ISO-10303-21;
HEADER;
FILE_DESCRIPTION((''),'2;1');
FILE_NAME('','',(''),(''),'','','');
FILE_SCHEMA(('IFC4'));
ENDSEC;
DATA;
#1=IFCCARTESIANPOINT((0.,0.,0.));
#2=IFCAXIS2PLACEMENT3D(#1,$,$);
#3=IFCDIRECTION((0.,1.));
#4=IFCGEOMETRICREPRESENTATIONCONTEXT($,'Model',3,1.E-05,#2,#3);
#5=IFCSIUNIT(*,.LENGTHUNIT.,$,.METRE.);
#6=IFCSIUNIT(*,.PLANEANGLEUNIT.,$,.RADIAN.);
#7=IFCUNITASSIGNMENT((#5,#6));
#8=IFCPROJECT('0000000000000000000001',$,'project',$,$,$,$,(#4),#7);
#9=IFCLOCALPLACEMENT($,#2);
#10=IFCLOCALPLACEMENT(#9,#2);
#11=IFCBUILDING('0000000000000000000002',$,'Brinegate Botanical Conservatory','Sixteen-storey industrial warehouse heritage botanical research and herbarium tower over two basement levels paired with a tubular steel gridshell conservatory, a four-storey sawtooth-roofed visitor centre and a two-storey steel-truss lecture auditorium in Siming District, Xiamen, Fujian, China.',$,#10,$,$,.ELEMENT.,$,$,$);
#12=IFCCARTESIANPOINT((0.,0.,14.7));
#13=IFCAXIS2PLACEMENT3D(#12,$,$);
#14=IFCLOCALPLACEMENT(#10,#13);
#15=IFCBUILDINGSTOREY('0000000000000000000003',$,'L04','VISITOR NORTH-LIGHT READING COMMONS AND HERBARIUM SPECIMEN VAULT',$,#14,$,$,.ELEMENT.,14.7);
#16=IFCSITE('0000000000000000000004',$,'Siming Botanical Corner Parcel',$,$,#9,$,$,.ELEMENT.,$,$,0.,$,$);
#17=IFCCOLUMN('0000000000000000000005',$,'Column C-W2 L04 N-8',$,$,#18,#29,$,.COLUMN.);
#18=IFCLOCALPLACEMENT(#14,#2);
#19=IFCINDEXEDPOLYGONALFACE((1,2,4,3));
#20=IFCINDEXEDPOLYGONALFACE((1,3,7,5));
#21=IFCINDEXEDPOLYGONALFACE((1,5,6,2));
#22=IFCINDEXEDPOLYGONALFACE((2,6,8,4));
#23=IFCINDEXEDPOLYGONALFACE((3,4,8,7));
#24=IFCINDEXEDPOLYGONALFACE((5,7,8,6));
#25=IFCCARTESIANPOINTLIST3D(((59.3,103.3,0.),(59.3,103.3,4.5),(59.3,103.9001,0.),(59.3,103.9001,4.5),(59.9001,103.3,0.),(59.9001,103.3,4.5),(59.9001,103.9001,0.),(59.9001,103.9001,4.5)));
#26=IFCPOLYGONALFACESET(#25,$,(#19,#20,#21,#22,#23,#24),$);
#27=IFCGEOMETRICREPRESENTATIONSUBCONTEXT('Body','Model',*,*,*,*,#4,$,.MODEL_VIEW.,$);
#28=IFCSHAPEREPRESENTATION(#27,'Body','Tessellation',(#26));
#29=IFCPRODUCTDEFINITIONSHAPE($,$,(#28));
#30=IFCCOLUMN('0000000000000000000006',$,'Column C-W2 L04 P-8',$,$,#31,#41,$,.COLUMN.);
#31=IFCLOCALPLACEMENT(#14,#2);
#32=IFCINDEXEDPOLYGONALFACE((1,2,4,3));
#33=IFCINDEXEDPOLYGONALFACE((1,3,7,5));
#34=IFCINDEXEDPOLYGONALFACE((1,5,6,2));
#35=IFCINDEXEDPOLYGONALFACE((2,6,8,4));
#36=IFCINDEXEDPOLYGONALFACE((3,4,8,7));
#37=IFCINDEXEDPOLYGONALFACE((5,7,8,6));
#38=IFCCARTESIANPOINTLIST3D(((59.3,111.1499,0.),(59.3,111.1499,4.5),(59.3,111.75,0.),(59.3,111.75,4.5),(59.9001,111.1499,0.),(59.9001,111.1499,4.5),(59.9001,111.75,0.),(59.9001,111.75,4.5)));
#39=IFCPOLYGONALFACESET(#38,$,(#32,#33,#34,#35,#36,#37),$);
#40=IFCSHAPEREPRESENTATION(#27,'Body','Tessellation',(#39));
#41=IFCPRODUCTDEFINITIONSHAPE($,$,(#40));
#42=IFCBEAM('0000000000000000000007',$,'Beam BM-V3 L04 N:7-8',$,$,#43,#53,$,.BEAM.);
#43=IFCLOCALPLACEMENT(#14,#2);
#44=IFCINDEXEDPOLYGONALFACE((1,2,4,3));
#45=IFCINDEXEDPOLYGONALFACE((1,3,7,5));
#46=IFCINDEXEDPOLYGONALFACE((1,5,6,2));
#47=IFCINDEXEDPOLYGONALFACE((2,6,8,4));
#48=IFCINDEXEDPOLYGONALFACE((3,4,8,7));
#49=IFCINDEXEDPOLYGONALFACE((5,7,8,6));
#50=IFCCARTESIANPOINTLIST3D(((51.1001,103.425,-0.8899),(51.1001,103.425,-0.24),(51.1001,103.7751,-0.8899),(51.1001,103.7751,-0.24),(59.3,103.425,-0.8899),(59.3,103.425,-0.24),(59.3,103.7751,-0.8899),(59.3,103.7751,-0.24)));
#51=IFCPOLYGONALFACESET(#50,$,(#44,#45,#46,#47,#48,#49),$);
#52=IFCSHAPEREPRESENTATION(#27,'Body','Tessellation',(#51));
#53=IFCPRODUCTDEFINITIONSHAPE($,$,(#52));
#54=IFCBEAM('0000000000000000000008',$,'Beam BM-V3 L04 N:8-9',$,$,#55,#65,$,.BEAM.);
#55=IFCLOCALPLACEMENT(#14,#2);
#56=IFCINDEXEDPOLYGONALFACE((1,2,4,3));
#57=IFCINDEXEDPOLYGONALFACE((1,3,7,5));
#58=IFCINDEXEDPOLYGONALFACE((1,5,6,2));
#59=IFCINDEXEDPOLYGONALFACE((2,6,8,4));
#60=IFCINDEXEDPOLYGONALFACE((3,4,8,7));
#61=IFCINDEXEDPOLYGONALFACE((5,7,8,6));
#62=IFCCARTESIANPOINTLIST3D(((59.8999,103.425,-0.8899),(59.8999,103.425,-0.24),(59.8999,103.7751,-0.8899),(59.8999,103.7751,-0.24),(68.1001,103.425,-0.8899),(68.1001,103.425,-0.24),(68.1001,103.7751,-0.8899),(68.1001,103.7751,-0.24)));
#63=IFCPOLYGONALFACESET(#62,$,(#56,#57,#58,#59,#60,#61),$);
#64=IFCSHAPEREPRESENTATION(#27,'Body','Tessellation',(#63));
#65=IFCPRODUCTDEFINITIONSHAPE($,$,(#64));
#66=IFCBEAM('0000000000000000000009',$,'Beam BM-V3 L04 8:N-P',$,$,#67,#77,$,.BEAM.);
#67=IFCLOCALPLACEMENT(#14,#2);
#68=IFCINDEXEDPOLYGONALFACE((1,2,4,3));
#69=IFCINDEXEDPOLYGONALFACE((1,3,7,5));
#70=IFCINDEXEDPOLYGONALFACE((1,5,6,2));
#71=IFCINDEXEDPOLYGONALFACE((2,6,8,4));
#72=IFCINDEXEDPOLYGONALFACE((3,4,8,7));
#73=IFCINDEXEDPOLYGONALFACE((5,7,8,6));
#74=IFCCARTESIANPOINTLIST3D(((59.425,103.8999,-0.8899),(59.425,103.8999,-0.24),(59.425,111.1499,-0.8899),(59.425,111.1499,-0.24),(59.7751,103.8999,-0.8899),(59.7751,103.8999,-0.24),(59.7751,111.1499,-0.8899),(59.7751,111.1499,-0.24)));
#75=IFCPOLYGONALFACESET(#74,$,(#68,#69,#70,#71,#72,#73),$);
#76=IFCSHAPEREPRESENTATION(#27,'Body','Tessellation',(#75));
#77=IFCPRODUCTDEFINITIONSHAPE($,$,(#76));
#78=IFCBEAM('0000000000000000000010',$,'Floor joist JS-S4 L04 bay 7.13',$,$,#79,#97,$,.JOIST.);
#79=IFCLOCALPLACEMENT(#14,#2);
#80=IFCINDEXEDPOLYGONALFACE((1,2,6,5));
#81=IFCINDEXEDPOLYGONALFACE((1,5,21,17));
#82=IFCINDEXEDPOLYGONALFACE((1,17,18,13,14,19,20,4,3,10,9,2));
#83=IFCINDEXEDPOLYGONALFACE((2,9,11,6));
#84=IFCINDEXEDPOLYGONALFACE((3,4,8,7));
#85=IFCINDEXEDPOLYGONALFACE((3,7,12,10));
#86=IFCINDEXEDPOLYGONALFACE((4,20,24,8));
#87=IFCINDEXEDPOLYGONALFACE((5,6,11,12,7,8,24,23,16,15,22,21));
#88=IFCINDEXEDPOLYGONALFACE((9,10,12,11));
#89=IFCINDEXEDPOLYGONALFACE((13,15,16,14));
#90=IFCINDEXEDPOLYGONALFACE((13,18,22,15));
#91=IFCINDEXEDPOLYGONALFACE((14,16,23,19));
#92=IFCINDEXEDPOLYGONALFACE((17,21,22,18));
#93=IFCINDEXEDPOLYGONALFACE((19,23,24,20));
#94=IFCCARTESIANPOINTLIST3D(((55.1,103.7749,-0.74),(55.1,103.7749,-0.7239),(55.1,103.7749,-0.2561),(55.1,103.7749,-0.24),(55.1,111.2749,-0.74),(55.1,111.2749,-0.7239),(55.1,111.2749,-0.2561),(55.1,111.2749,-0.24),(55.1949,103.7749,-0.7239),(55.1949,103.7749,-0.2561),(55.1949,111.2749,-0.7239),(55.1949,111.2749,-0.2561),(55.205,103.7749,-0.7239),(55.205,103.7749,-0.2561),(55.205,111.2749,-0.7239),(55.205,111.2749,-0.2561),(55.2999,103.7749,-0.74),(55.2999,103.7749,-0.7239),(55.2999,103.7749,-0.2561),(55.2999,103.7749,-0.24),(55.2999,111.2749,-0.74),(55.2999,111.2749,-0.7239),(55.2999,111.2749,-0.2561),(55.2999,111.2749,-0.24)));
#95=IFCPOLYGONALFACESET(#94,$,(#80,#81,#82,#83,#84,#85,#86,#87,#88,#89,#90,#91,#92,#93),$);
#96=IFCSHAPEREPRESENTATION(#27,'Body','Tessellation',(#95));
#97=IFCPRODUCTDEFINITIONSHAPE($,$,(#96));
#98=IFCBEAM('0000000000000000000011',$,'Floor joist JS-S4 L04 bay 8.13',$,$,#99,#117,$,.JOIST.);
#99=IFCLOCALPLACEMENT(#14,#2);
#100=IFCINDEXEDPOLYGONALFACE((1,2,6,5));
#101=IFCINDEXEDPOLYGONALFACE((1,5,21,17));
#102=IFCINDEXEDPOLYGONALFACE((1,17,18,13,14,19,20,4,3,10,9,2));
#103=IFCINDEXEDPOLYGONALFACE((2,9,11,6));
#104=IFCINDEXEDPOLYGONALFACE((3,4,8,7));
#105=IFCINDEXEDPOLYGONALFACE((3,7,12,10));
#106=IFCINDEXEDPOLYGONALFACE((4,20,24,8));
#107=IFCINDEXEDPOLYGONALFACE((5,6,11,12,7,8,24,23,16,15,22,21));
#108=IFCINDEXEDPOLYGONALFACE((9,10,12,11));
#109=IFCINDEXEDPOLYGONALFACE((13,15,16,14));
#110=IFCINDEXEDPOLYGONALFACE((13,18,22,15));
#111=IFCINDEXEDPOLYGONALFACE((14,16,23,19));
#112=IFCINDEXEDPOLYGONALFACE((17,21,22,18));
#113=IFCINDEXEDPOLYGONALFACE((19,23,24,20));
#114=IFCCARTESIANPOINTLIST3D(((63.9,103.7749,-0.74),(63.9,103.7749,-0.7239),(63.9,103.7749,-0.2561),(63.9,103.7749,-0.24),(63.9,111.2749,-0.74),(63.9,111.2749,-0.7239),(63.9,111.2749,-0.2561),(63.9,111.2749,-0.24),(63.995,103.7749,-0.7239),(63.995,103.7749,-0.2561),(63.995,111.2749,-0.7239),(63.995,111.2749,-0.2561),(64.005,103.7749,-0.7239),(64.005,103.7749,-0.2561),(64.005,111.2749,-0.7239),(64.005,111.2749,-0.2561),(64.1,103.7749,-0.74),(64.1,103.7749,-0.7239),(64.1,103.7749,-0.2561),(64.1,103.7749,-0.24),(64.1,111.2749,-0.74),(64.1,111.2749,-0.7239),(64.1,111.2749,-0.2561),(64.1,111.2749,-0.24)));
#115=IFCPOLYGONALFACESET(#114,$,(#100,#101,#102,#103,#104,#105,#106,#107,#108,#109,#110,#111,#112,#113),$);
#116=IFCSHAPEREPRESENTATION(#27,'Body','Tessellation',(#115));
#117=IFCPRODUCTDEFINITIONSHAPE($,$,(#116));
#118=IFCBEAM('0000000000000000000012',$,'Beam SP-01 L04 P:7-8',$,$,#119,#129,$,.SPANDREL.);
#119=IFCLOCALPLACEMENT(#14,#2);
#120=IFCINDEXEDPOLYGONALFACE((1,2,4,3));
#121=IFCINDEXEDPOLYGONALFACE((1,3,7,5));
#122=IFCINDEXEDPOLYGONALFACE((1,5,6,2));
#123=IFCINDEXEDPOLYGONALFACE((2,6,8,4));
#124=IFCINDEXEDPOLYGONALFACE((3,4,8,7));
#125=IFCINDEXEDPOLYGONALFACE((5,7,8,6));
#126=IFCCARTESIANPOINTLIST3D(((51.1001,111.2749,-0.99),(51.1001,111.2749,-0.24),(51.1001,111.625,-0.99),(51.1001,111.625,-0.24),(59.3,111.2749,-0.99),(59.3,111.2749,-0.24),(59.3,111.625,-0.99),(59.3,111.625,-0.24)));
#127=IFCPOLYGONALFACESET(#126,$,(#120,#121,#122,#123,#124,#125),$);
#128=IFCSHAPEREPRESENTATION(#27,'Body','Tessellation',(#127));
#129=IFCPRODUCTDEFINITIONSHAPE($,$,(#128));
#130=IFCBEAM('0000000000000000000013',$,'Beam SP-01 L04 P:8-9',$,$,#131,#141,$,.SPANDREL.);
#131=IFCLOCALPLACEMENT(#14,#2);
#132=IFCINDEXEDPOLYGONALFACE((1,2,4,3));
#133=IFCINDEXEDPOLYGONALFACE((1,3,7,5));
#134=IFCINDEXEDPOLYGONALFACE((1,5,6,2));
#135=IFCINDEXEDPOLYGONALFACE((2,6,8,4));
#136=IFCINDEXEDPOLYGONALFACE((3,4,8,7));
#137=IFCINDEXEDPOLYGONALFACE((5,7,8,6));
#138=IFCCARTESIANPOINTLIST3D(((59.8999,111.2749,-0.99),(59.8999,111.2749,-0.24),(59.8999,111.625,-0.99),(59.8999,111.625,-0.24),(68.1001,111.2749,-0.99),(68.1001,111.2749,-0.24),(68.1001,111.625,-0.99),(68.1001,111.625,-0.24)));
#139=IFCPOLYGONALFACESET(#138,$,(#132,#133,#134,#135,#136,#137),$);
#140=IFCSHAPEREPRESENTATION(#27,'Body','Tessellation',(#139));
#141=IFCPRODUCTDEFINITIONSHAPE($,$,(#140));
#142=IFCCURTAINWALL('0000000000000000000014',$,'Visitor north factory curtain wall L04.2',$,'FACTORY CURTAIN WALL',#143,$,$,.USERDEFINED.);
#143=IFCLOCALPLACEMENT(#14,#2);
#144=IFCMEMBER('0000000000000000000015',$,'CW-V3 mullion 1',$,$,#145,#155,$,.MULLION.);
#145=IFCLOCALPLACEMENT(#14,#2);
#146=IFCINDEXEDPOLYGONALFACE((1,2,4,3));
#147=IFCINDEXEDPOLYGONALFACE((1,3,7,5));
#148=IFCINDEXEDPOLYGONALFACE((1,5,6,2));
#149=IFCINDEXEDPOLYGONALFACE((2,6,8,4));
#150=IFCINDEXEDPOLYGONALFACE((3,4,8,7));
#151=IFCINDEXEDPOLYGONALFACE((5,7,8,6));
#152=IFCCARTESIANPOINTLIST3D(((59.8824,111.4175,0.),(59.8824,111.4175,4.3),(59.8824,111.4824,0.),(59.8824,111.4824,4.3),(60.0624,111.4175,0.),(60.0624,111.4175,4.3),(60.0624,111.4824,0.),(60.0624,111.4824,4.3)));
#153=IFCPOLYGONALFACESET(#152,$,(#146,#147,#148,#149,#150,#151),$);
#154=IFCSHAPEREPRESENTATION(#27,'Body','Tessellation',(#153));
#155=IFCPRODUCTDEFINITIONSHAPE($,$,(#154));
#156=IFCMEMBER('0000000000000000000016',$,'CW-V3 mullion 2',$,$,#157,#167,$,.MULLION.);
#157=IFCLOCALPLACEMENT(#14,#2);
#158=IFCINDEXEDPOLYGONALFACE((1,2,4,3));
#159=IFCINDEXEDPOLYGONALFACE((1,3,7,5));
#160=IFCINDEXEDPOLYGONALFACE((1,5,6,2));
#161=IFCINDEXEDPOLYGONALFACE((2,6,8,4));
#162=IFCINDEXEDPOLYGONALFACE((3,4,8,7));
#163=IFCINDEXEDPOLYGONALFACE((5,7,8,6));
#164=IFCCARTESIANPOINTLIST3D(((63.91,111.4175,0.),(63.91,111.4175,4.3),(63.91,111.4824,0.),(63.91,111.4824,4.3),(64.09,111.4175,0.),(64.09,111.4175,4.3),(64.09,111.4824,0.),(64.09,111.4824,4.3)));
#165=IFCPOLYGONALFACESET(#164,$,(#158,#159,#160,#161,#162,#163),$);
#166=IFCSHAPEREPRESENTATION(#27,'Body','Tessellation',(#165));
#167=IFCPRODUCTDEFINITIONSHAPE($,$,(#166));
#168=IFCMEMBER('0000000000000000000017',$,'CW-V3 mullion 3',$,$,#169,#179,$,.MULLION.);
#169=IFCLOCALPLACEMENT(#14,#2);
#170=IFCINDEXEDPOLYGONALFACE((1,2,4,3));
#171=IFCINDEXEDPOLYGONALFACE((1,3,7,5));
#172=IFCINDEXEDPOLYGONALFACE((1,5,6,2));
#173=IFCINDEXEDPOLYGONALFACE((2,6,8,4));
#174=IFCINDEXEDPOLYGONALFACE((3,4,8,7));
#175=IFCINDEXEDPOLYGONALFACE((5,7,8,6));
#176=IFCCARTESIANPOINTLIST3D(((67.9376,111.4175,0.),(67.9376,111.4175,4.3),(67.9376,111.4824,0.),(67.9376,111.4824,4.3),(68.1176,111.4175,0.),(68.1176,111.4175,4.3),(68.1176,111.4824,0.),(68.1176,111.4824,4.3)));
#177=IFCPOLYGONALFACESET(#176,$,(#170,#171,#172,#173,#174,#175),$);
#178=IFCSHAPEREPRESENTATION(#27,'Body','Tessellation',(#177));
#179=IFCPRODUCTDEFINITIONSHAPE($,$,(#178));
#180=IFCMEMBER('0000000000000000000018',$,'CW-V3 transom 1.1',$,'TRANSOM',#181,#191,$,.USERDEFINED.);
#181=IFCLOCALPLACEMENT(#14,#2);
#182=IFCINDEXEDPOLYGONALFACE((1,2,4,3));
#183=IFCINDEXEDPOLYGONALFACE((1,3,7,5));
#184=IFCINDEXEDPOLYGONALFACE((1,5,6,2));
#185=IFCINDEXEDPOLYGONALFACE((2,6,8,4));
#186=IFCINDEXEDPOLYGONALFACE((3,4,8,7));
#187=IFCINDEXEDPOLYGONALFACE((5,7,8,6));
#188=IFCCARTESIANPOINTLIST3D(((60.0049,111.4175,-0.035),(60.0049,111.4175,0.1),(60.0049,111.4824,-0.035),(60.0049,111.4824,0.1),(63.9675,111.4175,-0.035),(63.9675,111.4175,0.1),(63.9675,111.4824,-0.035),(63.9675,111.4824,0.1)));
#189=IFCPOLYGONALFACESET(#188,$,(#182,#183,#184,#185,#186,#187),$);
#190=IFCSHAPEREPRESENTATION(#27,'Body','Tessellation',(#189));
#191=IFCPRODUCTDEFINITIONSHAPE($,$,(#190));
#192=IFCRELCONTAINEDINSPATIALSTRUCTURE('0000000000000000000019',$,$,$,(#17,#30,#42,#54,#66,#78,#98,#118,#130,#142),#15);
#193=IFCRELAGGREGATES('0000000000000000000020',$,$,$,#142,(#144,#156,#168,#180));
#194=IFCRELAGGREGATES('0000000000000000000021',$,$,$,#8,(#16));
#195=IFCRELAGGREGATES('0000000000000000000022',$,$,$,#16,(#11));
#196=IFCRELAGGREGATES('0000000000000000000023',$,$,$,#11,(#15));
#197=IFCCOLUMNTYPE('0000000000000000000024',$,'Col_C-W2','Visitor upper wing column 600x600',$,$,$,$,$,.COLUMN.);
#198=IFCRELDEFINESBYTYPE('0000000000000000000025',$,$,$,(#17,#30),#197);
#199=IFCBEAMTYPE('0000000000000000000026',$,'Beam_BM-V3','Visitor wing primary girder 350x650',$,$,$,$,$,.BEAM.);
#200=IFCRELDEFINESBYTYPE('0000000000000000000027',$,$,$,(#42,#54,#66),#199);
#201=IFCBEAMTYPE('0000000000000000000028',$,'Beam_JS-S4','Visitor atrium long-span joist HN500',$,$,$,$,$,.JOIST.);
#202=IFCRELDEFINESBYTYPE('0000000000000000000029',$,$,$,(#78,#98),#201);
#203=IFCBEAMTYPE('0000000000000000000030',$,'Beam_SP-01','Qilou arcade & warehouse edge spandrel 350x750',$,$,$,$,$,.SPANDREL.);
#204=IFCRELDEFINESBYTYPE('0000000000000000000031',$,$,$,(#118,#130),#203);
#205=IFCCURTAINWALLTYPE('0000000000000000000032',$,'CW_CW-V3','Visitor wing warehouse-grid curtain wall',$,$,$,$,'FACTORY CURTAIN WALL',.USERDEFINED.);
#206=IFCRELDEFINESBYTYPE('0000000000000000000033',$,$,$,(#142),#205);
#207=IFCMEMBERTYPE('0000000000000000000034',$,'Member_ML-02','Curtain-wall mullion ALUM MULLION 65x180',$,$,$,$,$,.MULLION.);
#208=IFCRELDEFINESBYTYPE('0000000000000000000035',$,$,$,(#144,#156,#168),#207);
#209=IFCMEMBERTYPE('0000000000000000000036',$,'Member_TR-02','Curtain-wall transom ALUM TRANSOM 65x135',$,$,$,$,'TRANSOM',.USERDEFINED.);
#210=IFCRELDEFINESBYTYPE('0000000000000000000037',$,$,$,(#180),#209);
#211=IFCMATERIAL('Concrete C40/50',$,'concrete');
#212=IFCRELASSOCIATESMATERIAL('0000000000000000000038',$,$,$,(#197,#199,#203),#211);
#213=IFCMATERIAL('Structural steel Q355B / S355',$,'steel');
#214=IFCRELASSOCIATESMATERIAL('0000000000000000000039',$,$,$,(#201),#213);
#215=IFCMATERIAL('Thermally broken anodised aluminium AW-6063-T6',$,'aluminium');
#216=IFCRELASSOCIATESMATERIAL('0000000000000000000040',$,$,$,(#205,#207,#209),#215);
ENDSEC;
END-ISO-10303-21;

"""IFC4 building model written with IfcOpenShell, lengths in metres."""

from ifc_helpers import new_model, si_unit, direction, frame, origin, origin_2d, place, context, subcontext, project, spatial, rectangle, i_section, extrude, material, material_profile, profile_set, type_object, element, aggregate, save


model = new_model("IFC4")

# Units and contexts
model_context = context("Model", 3, precision=1e-05, world=origin(), true_north=direction((0.0, 1.0)))
body_context = subcontext(model_context, "Body", "Model", "MODEL_VIEW")
ifc_project = project(units=[si_unit("LENGTHUNIT", "METRE"), si_unit("PLANEANGLEUNIT", "RADIAN")], contexts=[model_context])

# Site, building, storey
site_placement = place(None, origin())
site = spatial("IfcSite", under=ifc_project, at=site_placement, Name="Siming Botanical Corner Parcel", CompositionType="ELEMENT", RefElevation=0.0)
building_placement = place(site_placement, origin())
building = spatial("IfcBuilding", under=site, at=building_placement, Name="Brinegate Botanical Conservatory", Description="Sixteen-storey industrial warehouse heritage botanical research and herbarium tower over two basement levels paired with a tubular steel gridshell conservatory, a four-storey sawtooth-roofed visitor centre and a two-storey steel-truss lecture auditorium in Siming District, Xiamen, Fujian, China.", CompositionType="ELEMENT")
storey_placement = place(building_placement, frame((0.0, 0.0, 14.7)))
storey = spatial("IfcBuildingStorey", under=building, at=storey_placement, Name="L04", Description="VISITOR NORTH-LIGHT READING COMMONS AND HERBARIUM SPECIMEN VAULT", CompositionType="ELEMENT", Elevation=14.7)

# Columns
ifc_material_1 = material(Name="Concrete C40/50", Category="concrete")
ifc_material_profile_1 = material_profile(ifc_material_1, rectangle(XDim=0.6001, YDim=0.6001, at=origin_2d()), Name="RC COL 600x600")
ifc_profile_set_1 = profile_set([ifc_material_profile_1], Name="Concrete C40/50")
column_type = type_object("IfcColumnType", Name="Col_C-W2", Description="Visitor upper wing column 600x600", PredefinedType="COLUMN", material=ifc_profile_set_1)
for number, where, z_axis, x_axis, name in (
    (1, (59.6001, 103.6001, 0.0), (0.0, 0.0, 1.0), (1.0, 0.0, 0.0), "Column C-W2 L04 N-8"),
    (2, (59.6001, 111.45, 0.0), (0.0, 0.0, 1.0), (1.0, 0.0, 0.0), "Column C-W2 L04 P-8"),
):
    element("IfcColumn", number, at=place(storey_placement, frame(where, z_axis=z_axis, x_axis=x_axis)), inside=storey, type_object=column_type, Name=name, PredefinedType="COLUMN", context=body_context, shape_type="SweptSolid", body=[
        extrude(rectangle(XDim=0.6001, YDim=0.6001, at=origin_2d()), origin(), (0.0, 0.0, 1.0), 4.5),
    ])

# Beams
ifc_material_profile_2 = material_profile(ifc_material_1, rectangle(XDim=0.3501, YDim=0.6499, at=origin_2d()), Name="RC BM 350x650")
ifc_profile_set_2 = profile_set([ifc_material_profile_2], Name="Concrete C40/50")
beam_type_1 = type_object("IfcBeamType", Name="Beam_BM-V3", Description="Visitor wing primary girder 350x650", PredefinedType="BEAM", material=ifc_profile_set_2)
beam_1_placement = place(storey_placement, frame((51.1001, 103.6001, -0.5649), z_axis=(1.0, 0.0, 0.0), x_axis=(0.0, 1.0, 0.0)))
element("IfcBeam", 3, at=beam_1_placement, inside=storey, type_object=beam_type_1, Name="Beam BM-V3 L04 N:7-8", PredefinedType="BEAM", context=body_context, shape_type="SweptSolid", body=[
    extrude(rectangle(XDim=0.3501, YDim=0.6499, at=origin_2d()), origin(), (0.0, 0.0, 1.0), 8.2),
])
beam_2_placement = place(storey_placement, frame((59.8999, 103.6001, -0.5649), z_axis=(1.0, 0.0, 0.0), x_axis=(0.0, 1.0, 0.0)))
element("IfcBeam", 4, at=beam_2_placement, inside=storey, type_object=beam_type_1, Name="Beam BM-V3 L04 N:8-9", PredefinedType="BEAM", context=body_context, shape_type="SweptSolid", body=[
    extrude(rectangle(XDim=0.3501, YDim=0.6499, at=origin_2d()), origin(), (0.0, 0.0, 1.0), 8.2002),
])
beam_3_placement = place(storey_placement, frame((59.6001, 103.8999, -0.5649), z_axis=(0.0, 1.0, 0.0), x_axis=(-1.0, 0.0, 0.0)))
element("IfcBeam", 5, at=beam_3_placement, inside=storey, type_object=beam_type_1, Name="Beam BM-V3 L04 8:N-P", PredefinedType="BEAM", context=body_context, shape_type="SweptSolid", body=[
    extrude(rectangle(XDim=0.3501, YDim=0.6499, at=origin_2d()), origin(), (0.0, 0.0, 1.0), 7.25),
])
ifc_material_2 = material(Name="Structural steel Q355B / S355", Category="steel")
ifc_material_profile_3 = material_profile(ifc_material_2, i_section(OverallWidth=0.2, OverallDepth=0.5, WebThickness=0.01, FlangeThickness=0.0161, at=origin_2d()), Name="HN 500x200x10x16")
ifc_profile_set_3 = profile_set([ifc_material_profile_3], Name="Structural steel Q355B / S355")
beam_type_2 = type_object("IfcBeamType", Name="Beam_JS-S4", Description="Visitor atrium long-span joist HN500", PredefinedType="JOIST", material=ifc_profile_set_3)
for number, where, z_axis, x_axis, name in (
    (6, (55.2, 103.7749, -0.49), (0.0, 1.0, 0.0), (-1.0, 0.0, 0.0), "Floor joist JS-S4 L04 bay 7.13"),
    (7, (64.0, 103.7749, -0.49), (0.0, 1.0, 0.0), (-1.0, 0.0, 0.0), "Floor joist JS-S4 L04 bay 8.13"),
):
    element("IfcBeam", number, at=place(storey_placement, frame(where, z_axis=z_axis, x_axis=x_axis)), inside=storey, type_object=beam_type_2, Name=name, PredefinedType="JOIST", context=body_context, shape_type="SweptSolid", body=[
        extrude(i_section(OverallWidth=0.2, OverallDepth=0.5, WebThickness=0.01, FlangeThickness=0.0161, at=origin_2d()), origin(), (0.0, 0.0, 1.0), 7.5),
    ])
ifc_material_profile_4 = material_profile(ifc_material_1, rectangle(XDim=0.3501, YDim=0.75, at=origin_2d()), Name="RC SPN 350x750")
ifc_profile_set_4 = profile_set([ifc_material_profile_4], Name="Concrete C40/50")
beam_type_3 = type_object("IfcBeamType", Name="Beam_SP-01", Description="Qilou arcade & warehouse edge spandrel 350x750", PredefinedType="SPANDREL", material=ifc_profile_set_4)
beam_4_placement = place(storey_placement, frame((51.1001, 111.45, -0.615), z_axis=(1.0, 0.0, 0.0), x_axis=(0.0, 1.0, 0.0)))
element("IfcBeam", 8, at=beam_4_placement, inside=storey, type_object=beam_type_3, Name="Beam SP-01 L04 P:7-8", PredefinedType="SPANDREL", context=body_context, shape_type="SweptSolid", body=[
    extrude(rectangle(XDim=0.3501, YDim=0.75, at=origin_2d()), origin(), (0.0, 0.0, 1.0), 8.2),
])
beam_5_placement = place(storey_placement, frame((59.8999, 111.45, -0.615), z_axis=(1.0, 0.0, 0.0), x_axis=(0.0, 1.0, 0.0)))
element("IfcBeam", 9, at=beam_5_placement, inside=storey, type_object=beam_type_3, Name="Beam SP-01 L04 P:8-9", PredefinedType="SPANDREL", context=body_context, shape_type="SweptSolid", body=[
    extrude(rectangle(XDim=0.3501, YDim=0.75, at=origin_2d()), origin(), (0.0, 0.0, 1.0), 8.2002),
])

# Curtain wall, members
ifc_material_3 = material(Name="Thermally broken anodised aluminium AW-6063-T6", Category="aluminium")
curtain_wall_type = type_object("IfcCurtainWallType", Name="CW_CW-V3", Description="Visitor wing warehouse-grid curtain wall", ElementType="FACTORY CURTAIN WALL", PredefinedType="USERDEFINED", material=ifc_material_3)
curtain_wall_placement = place(storey_placement, origin())
curtain_wall = element("IfcCurtainWall", 10, at=curtain_wall_placement, inside=storey, type_object=curtain_wall_type, Name="Visitor north factory curtain wall L04.2", ObjectType="FACTORY CURTAIN WALL", PredefinedType="USERDEFINED")
ifc_material_profile_5 = material_profile(ifc_material_3, rectangle(XDim=0.0649, YDim=0.1799, at=origin_2d()), Name="ALUM MULLION 65x180")
ifc_profile_set_5 = profile_set([ifc_material_profile_5], Name="Thermally broken anodised aluminium AW-6063-T6")
member_type_1 = type_object("IfcMemberType", Name="Member_ML-02", Description="Curtain-wall mullion ALUM MULLION 65x180", PredefinedType="MULLION", material=ifc_profile_set_5)
member_1_placement = place(storey_placement, frame((59.9724, 111.45, 0.0), z_axis=(0.0, 0.0, 1.0), x_axis=(0.0, 1.0, 0.0)))
member_1 = element("IfcMember", 11, at=member_1_placement, type_object=member_type_1, Name="CW-V3 mullion 1", PredefinedType="MULLION", context=body_context, shape_type="SweptSolid", body=[
    extrude(rectangle(XDim=0.0649, YDim=0.1799, at=origin_2d()), origin(), (0.0, 0.0, 1.0), 4.3),
])
member_2_placement = place(storey_placement, frame((64.0, 111.45, 0.0), z_axis=(0.0, 0.0, 1.0), x_axis=(0.0, 1.0, 0.0)))
member_2 = element("IfcMember", 12, at=member_2_placement, type_object=member_type_1, Name="CW-V3 mullion 2", PredefinedType="MULLION", context=body_context, shape_type="SweptSolid", body=[
    extrude(rectangle(XDim=0.0649, YDim=0.1799, at=origin_2d()), origin(), (0.0, 0.0, 1.0), 4.3),
])
member_3_placement = place(storey_placement, frame((68.0276, 111.45, 0.0), z_axis=(0.0, 0.0, 1.0), x_axis=(0.0, 1.0, 0.0)))
member_3 = element("IfcMember", 13, at=member_3_placement, type_object=member_type_1, Name="CW-V3 mullion 3", PredefinedType="MULLION", context=body_context, shape_type="SweptSolid", body=[
    extrude(rectangle(XDim=0.0649, YDim=0.1799, at=origin_2d()), origin(), (0.0, 0.0, 1.0), 4.3),
])
ifc_material_profile_6 = material_profile(ifc_material_3, rectangle(XDim=0.0649, YDim=0.135, at=origin_2d()), Name="ALUM TRANSOM 65x135")
ifc_profile_set_6 = profile_set([ifc_material_profile_6], Name="Thermally broken anodised aluminium AW-6063-T6")
member_type_2 = type_object("IfcMemberType", Name="Member_TR-02", Description="Curtain-wall transom ALUM TRANSOM 65x135", ElementType="TRANSOM", PredefinedType="USERDEFINED", material=ifc_profile_set_6)
member_4_placement = place(storey_placement, frame((60.0049, 111.45, 0.0325), z_axis=(1.0, 0.0, 0.0), x_axis=(0.0, 1.0, 0.0)))
member_4 = element("IfcMember", 14, at=member_4_placement, type_object=member_type_2, Name="CW-V3 transom 1.1", ObjectType="TRANSOM", PredefinedType="USERDEFINED", context=body_context, shape_type="SweptSolid", body=[
    extrude(rectangle(XDim=0.0649, YDim=0.135, at=origin_2d()), origin(), (0.0, 0.0, 1.0), 3.9626),
])
aggregate(curtain_wall, [member_1, member_2, member_3, member_4])

save(model, "model.ifc")
